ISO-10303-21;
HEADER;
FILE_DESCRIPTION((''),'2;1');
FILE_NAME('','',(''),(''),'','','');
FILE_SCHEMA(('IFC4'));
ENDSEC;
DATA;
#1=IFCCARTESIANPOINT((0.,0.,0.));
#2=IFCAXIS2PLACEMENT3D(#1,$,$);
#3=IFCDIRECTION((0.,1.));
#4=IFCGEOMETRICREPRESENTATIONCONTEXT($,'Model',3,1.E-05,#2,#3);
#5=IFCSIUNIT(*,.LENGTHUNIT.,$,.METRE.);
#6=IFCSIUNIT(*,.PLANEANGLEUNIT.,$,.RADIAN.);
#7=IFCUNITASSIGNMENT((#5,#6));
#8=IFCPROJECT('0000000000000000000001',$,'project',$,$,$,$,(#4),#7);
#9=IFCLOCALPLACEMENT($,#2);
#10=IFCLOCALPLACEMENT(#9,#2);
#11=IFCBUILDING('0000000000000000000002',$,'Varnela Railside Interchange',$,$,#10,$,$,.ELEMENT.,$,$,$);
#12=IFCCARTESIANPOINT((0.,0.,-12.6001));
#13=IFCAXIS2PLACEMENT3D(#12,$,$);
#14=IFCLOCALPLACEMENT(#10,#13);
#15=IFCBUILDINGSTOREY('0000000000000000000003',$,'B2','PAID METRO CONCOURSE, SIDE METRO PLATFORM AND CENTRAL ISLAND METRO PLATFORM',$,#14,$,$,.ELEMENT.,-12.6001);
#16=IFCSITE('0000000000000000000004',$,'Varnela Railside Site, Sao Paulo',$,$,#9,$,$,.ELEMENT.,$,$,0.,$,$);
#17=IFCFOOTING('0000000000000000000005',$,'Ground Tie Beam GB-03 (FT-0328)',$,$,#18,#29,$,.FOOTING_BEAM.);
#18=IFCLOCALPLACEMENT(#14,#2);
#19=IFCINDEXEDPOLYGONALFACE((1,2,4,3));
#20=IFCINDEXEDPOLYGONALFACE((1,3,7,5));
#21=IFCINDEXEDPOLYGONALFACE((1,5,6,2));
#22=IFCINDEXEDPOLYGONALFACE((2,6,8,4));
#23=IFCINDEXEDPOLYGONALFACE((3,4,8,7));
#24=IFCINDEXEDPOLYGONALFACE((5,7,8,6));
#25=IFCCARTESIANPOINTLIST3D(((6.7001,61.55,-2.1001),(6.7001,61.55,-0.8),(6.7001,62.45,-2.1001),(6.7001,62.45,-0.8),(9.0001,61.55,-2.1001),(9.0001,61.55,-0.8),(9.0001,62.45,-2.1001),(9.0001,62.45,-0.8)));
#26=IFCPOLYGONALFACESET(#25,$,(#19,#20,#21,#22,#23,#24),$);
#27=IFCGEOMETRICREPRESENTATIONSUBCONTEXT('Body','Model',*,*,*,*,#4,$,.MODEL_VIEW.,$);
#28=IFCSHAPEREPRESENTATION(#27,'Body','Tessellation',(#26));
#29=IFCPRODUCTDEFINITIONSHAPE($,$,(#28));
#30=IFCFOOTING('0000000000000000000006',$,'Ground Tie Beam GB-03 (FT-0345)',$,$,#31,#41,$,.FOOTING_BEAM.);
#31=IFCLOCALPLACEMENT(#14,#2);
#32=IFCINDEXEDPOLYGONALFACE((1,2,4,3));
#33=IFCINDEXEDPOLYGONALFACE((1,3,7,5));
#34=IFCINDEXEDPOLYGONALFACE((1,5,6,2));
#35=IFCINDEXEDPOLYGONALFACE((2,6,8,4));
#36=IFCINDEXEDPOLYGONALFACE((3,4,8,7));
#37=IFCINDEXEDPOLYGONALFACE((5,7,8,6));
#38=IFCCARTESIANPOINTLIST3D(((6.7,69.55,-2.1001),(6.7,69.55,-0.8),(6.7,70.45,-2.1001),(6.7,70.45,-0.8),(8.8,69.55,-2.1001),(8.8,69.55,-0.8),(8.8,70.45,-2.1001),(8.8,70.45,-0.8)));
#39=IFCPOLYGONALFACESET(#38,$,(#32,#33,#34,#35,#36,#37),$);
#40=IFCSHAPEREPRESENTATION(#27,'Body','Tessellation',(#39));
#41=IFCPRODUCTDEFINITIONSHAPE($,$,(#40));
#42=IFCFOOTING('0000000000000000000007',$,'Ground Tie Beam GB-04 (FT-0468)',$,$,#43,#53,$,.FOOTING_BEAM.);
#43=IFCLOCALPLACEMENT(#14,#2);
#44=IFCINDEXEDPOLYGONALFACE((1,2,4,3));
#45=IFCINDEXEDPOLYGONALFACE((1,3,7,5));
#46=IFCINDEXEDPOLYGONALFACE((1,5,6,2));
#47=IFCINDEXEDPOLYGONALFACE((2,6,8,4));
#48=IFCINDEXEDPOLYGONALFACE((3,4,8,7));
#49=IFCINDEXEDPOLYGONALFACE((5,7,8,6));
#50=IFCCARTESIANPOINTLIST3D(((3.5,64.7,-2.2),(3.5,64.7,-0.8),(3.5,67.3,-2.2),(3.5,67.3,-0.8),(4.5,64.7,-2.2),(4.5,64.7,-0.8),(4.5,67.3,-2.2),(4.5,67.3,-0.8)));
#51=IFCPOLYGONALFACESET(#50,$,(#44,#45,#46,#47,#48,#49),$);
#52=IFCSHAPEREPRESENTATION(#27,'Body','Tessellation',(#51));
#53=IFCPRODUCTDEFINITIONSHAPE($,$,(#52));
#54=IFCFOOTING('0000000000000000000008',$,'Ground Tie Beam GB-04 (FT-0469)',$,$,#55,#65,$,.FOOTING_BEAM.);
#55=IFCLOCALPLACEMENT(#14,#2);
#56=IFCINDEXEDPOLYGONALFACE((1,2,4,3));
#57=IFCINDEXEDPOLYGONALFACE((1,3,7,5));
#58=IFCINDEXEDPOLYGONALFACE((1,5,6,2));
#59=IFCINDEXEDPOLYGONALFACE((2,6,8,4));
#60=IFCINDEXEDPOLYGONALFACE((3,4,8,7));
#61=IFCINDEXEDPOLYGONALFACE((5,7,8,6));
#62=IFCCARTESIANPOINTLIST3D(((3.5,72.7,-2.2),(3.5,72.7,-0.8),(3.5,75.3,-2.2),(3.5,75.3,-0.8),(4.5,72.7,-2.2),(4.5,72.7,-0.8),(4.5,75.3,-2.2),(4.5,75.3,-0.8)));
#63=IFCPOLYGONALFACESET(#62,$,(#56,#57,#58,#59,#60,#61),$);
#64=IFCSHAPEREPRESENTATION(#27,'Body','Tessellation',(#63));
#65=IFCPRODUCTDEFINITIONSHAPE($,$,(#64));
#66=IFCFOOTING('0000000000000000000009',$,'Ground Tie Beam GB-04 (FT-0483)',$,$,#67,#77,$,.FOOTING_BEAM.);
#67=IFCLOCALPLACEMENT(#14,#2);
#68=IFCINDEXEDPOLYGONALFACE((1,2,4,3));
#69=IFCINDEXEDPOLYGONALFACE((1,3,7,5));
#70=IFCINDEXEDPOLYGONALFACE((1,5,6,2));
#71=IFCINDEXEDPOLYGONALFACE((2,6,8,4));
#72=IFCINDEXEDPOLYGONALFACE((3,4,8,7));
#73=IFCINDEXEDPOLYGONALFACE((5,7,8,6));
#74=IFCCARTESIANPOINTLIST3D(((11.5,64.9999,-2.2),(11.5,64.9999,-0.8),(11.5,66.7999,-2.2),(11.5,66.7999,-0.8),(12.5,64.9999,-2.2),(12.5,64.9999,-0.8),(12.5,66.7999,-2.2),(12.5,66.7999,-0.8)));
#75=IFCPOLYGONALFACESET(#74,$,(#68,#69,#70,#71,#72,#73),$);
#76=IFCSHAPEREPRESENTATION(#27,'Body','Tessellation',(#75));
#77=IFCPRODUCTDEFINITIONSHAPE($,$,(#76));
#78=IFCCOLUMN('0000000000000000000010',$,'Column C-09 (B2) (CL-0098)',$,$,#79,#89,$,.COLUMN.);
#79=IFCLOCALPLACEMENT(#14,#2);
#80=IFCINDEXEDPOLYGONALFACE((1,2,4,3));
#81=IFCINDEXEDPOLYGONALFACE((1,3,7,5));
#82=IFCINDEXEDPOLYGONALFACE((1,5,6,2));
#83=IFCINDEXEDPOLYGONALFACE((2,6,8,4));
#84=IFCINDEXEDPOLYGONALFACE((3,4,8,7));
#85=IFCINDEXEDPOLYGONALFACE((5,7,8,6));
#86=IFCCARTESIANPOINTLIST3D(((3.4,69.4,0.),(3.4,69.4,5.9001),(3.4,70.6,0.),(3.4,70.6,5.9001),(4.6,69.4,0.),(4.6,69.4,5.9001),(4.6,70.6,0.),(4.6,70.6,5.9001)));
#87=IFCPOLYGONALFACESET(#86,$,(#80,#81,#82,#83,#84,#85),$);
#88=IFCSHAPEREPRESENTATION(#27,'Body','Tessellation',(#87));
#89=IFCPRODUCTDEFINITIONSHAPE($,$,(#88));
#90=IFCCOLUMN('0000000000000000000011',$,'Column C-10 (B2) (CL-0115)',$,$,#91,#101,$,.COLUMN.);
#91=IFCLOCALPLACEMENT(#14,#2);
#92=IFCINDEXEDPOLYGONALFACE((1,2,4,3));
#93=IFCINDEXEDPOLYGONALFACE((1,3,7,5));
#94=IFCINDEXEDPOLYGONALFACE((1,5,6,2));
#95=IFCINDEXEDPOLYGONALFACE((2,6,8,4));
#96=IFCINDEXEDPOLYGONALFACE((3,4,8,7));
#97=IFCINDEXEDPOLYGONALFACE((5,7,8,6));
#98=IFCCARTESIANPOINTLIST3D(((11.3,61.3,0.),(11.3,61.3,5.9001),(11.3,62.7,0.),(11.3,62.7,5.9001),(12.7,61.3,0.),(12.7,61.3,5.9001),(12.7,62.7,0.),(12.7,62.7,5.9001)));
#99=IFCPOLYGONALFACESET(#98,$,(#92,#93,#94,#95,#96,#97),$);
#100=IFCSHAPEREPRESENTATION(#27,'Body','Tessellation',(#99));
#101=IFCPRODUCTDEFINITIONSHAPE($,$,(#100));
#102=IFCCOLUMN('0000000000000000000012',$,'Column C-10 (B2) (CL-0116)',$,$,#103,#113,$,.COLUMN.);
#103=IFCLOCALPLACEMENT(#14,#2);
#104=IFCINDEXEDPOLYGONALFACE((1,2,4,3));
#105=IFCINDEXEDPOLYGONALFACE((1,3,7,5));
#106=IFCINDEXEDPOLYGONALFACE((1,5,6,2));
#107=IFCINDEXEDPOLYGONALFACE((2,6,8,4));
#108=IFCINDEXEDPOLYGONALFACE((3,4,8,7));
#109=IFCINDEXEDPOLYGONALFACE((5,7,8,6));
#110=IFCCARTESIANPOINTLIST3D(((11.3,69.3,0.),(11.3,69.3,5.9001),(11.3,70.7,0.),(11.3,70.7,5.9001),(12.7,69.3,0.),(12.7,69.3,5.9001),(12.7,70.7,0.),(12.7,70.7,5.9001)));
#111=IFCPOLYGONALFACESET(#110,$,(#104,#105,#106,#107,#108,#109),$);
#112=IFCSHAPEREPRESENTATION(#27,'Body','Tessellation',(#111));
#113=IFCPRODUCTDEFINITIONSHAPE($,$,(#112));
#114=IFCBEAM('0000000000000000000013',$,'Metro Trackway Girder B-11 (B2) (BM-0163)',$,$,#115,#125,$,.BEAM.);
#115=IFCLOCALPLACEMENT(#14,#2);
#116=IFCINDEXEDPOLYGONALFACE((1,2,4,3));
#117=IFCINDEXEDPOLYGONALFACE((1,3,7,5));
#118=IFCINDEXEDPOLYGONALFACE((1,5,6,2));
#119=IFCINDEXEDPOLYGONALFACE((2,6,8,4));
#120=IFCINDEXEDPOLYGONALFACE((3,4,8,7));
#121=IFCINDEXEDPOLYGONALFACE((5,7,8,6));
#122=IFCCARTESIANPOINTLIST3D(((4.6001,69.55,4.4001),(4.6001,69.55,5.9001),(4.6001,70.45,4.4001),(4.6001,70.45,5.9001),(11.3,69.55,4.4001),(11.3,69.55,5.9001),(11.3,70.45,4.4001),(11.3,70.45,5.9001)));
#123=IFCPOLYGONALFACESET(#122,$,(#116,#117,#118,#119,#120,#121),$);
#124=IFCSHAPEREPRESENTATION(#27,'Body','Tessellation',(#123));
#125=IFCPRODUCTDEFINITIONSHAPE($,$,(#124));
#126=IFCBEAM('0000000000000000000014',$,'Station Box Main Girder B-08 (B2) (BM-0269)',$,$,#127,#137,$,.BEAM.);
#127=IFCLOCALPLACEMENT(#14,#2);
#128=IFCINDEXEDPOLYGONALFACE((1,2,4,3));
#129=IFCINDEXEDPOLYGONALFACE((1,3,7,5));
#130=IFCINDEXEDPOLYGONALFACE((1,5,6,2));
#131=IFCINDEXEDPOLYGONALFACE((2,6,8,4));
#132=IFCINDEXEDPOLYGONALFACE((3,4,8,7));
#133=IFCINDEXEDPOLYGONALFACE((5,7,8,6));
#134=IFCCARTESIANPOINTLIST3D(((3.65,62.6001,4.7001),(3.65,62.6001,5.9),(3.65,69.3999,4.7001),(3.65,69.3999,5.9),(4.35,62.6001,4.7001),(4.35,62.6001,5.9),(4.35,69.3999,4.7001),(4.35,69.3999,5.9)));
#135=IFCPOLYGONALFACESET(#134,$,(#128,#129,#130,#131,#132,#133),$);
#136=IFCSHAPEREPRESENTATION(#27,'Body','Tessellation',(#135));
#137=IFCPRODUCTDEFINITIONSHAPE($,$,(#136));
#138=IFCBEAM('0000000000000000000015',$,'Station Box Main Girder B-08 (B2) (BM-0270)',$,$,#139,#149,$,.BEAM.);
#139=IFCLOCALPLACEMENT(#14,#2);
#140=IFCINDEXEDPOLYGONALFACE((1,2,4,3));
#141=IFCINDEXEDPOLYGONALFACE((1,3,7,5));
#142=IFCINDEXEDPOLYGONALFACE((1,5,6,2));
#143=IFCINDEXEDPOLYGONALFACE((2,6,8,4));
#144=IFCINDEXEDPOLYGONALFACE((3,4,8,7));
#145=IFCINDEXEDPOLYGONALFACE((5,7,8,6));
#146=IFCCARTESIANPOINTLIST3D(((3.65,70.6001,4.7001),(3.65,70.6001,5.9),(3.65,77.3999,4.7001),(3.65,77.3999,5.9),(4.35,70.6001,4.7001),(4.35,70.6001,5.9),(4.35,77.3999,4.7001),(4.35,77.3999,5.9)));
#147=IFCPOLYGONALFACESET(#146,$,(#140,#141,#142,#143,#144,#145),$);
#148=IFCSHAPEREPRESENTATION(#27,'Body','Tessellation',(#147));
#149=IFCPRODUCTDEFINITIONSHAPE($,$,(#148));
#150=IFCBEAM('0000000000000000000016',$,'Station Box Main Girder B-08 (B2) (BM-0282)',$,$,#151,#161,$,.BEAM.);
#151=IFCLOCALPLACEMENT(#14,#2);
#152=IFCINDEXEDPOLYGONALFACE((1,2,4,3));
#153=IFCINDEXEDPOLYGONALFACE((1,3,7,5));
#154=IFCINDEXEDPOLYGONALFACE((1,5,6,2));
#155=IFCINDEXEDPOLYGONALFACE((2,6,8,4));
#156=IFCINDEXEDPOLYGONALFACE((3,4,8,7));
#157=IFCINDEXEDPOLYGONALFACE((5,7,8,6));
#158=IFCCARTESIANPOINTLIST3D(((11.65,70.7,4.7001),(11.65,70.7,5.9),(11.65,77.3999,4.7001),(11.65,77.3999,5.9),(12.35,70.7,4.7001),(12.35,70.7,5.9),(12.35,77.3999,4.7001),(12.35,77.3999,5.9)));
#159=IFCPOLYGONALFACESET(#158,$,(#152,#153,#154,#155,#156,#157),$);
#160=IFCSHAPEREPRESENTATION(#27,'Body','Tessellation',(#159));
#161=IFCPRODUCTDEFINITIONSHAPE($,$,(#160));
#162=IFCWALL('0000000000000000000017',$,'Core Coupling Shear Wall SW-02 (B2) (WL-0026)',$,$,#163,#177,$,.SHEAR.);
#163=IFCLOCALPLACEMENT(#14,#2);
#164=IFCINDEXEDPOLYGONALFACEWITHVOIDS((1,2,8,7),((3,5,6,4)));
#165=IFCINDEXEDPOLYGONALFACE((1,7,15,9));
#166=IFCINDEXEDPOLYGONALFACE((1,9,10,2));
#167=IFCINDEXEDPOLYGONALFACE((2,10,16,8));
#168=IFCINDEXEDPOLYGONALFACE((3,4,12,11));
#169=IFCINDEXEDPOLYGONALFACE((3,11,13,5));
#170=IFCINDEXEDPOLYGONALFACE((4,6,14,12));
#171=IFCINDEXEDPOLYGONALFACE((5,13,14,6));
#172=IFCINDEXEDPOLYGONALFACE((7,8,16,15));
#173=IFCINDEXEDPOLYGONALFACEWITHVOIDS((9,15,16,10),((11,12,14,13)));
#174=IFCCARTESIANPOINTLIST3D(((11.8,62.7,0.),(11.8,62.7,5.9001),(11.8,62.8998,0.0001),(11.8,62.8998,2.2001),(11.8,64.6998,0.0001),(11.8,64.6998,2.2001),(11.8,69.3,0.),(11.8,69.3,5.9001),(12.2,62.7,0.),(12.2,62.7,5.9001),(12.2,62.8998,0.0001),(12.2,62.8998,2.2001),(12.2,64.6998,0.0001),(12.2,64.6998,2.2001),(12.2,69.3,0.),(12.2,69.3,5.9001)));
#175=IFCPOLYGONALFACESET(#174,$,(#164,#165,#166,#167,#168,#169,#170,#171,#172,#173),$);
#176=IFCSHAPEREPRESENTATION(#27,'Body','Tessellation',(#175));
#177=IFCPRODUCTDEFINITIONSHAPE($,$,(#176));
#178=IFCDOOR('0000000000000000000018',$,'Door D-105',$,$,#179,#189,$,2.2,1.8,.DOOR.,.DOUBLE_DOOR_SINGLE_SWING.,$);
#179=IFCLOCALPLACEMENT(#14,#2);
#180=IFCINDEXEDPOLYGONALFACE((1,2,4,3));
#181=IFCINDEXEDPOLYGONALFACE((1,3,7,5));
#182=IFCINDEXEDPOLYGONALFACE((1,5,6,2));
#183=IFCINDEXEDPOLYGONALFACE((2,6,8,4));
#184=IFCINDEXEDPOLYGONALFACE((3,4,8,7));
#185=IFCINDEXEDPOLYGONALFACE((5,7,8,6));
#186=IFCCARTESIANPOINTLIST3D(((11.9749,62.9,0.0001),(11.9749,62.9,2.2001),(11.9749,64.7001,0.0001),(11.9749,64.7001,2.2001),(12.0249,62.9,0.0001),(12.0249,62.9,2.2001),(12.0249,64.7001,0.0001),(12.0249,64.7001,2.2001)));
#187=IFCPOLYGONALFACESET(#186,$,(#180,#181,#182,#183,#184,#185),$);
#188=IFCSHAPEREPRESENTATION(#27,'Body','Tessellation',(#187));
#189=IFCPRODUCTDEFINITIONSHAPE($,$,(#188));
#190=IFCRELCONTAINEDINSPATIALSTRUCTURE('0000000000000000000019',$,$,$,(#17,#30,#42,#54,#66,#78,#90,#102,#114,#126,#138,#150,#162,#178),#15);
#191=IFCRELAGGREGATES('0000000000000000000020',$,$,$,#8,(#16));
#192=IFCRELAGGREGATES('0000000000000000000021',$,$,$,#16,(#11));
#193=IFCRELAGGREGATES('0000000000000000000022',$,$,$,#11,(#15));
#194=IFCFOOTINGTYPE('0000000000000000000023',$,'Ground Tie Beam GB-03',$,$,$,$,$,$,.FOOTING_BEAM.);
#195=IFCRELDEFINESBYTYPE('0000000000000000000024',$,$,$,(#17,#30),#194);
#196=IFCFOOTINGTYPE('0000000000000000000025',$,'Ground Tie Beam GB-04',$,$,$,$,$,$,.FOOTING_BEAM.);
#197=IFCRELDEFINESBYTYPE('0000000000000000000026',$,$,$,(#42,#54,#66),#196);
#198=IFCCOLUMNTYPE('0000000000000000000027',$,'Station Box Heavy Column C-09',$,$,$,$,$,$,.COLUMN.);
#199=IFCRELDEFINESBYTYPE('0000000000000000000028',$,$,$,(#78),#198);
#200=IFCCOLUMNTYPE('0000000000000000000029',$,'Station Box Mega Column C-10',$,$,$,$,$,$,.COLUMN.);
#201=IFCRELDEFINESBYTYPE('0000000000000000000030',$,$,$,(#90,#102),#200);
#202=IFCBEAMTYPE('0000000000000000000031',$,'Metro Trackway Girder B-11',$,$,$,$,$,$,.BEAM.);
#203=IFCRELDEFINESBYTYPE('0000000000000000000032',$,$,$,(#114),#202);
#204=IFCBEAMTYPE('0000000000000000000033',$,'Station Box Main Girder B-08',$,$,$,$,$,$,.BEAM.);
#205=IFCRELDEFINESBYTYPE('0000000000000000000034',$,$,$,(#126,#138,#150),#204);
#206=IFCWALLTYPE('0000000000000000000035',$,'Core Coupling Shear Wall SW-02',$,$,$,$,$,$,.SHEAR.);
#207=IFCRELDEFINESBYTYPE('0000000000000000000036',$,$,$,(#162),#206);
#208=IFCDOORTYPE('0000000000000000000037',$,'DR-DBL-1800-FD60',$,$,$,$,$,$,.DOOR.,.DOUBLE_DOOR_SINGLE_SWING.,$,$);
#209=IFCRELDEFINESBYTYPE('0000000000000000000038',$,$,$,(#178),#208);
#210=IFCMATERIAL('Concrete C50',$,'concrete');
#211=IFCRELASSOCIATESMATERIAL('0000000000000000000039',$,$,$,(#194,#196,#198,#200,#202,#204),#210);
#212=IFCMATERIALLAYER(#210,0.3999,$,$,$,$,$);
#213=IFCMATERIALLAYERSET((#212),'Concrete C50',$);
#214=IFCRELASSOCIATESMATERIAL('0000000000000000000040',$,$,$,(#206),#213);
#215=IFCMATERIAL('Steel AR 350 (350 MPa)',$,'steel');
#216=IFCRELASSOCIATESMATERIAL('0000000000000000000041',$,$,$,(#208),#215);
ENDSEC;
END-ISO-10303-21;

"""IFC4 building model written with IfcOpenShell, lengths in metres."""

from ifc_helpers import new_model, si_unit, direction, frame, frame_2d, origin, origin_2d, place, context, subcontext, project, spatial, rectangle, extrude, material, layer, layer_set, material_profile, profile_set, type_object, element, fill, save


model = new_model("IFC4")

# Units and contexts
model_context = context("Model", 3, precision=1e-05, world=origin(), true_north=direction((0.0, 1.0)))
body_context = subcontext(model_context, "Body", "Model", "MODEL_VIEW")
ifc_project = project(units=[si_unit("LENGTHUNIT", "METRE"), si_unit("PLANEANGLEUNIT", "RADIAN")], contexts=[model_context])

# Site, building, storey
site_placement = place(None, origin())
site = spatial("IfcSite", under=ifc_project, at=site_placement, Name="Varnela Railside Site, Sao Paulo", CompositionType="ELEMENT", RefElevation=0.0)
building_placement = place(site_placement, origin())
building = spatial("IfcBuilding", under=site, at=building_placement, Name="Varnela Railside Interchange", CompositionType="ELEMENT")
storey_placement = place(building_placement, frame((0.0, 0.0, -12.6001)))
storey = spatial("IfcBuildingStorey", under=building, at=storey_placement, Name="B2", Description="PAID METRO CONCOURSE, SIDE METRO PLATFORM AND CENTRAL ISLAND METRO PLATFORM", CompositionType="ELEMENT", Elevation=-12.6001)

# Footings
ifc_material_1 = material(Name="Concrete C50", Category="concrete")
footing_type_1 = type_object("IfcFootingType", Name="Ground Tie Beam GB-03", PredefinedType="FOOTING_BEAM", material=ifc_material_1)
footing_1_placement = place(storey_placement, frame((7.8501, 62.0, -2.1001), z_axis=(0.0, 0.0, 1.0), x_axis=(1.0, 0.0, 0.0)))
element("IfcFooting", 1, at=footing_1_placement, inside=storey, type_object=footing_type_1, Name="Ground Tie Beam GB-03 (FT-0328)", PredefinedType="FOOTING_BEAM", context=body_context, shape_type="SweptSolid", body=[
    extrude(rectangle(XDim=2.3, YDim=0.8999, at=origin_2d()), origin(), (0.0, 0.0, 1.0), 1.3),
])
footing_2_placement = place(storey_placement, frame((7.75, 70.0, -2.1001), z_axis=(0.0, 0.0, 1.0), x_axis=(1.0, 0.0, 0.0)))
element("IfcFooting", 2, at=footing_2_placement, inside=storey, type_object=footing_type_1, Name="Ground Tie Beam GB-03 (FT-0345)", PredefinedType="FOOTING_BEAM", context=body_context, shape_type="SweptSolid", body=[
    extrude(rectangle(XDim=2.1001, YDim=0.8999, at=origin_2d()), origin(), (0.0, 0.0, 1.0), 1.3),
])
footing_type_2 = type_object("IfcFootingType", Name="Ground Tie Beam GB-04", PredefinedType="FOOTING_BEAM", material=ifc_material_1)
for number, where, z_axis, x_axis, name in (
    (3, (4.0, 66.0, -2.2), (0.0, 0.0, 1.0), (1.0, 0.0, 0.0), "Ground Tie Beam GB-04 (FT-0468)"),
    (4, (4.0, 74.0, -2.2), (0.0, 0.0, 1.0), (1.0, 0.0, 0.0), "Ground Tie Beam GB-04 (FT-0469)"),
):
    element("IfcFooting", number, at=place(storey_placement, frame(where, z_axis=z_axis, x_axis=x_axis)), inside=storey, type_object=footing_type_2, Name=name, PredefinedType="FOOTING_BEAM", context=body_context, shape_type="SweptSolid", body=[
        extrude(rectangle(XDim=1.0, YDim=2.6001, at=origin_2d()), origin(), (0.0, 0.0, 1.0), 1.3999),
    ])
footing_3_placement = place(storey_placement, frame((12.0, 65.8999, -2.2), z_axis=(0.0, 0.0, 1.0), x_axis=(1.0, 0.0, 0.0)))
element("IfcFooting", 5, at=footing_3_placement, inside=storey, type_object=footing_type_2, Name="Ground Tie Beam GB-04 (FT-0483)", PredefinedType="FOOTING_BEAM", context=body_context, shape_type="SweptSolid", body=[
    extrude(rectangle(XDim=1.0, YDim=1.8, at=origin_2d()), origin(), (0.0, 0.0, 1.0), 1.3999),
])

# Columns
ifc_material_profile_1 = material_profile(ifc_material_1, rectangle(XDim=1.2, YDim=1.2, at=origin_2d()), Name="RC 1200x1200")
ifc_profile_set_1 = profile_set([ifc_material_profile_1], Name="Concrete C50")
column_type_1 = type_object("IfcColumnType", Name="Station Box Heavy Column C-09", PredefinedType="COLUMN", material=ifc_profile_set_1)
column_placement = place(storey_placement, frame((4.0, 70.0, 0.0), z_axis=(0.0, 0.0, 1.0), x_axis=(1.0, 0.0, 0.0)))
element("IfcColumn", 6, at=column_placement, inside=storey, type_object=column_type_1, Name="Column C-09 (B2) (CL-0098)", PredefinedType="COLUMN", context=body_context, shape_type="SweptSolid", body=[
    extrude(rectangle(XDim=1.2, YDim=1.2, at=origin_2d()), origin(), (0.0, 0.0, 1.0), 5.9001),
])
ifc_material_profile_2 = material_profile(ifc_material_1, rectangle(XDim=1.3999, YDim=1.3999, at=origin_2d()), Name="RC 1400x1400")
ifc_profile_set_2 = profile_set([ifc_material_profile_2], Name="Concrete C50")
column_type_2 = type_object("IfcColumnType", Name="Station Box Mega Column C-10", PredefinedType="COLUMN", material=ifc_profile_set_2)
for number, where, z_axis, x_axis, name in (
    (7, (12.0, 62.0, 0.0), (0.0, 0.0, 1.0), (1.0, 0.0, 0.0), "Column C-10 (B2) (CL-0115)"),
    (8, (12.0, 70.0, 0.0), (0.0, 0.0, 1.0), (1.0, 0.0, 0.0), "Column C-10 (B2) (CL-0116)"),
):
    element("IfcColumn", number, at=place(storey_placement, frame(where, z_axis=z_axis, x_axis=x_axis)), inside=storey, type_object=column_type_2, Name=name, PredefinedType="COLUMN", context=body_context, shape_type="SweptSolid", body=[
        extrude(rectangle(XDim=1.3999, YDim=1.3999, at=origin_2d()), origin(), (0.0, 0.0, 1.0), 5.9001),
    ])

# Beams
ifc_material_profile_3 = material_profile(ifc_material_1, rectangle(XDim=0.8999, YDim=1.5, at=origin_2d()), Name="RC 900x1500")
ifc_profile_set_3 = profile_set([ifc_material_profile_3], Name="Concrete C50")
beam_type_1 = type_object("IfcBeamType", Name="Metro Trackway Girder B-11", PredefinedType="BEAM", material=ifc_profile_set_3)
beam_1_placement = place(storey_placement, frame((4.6001, 70.0, 5.1501), z_axis=(1.0, 0.0, 0.0), x_axis=(0.0, 1.0, 0.0)))
element("IfcBeam", 9, at=beam_1_placement, inside=storey, type_object=beam_type_1, Name="Metro Trackway Girder B-11 (B2) (BM-0163)", PredefinedType="BEAM", context=body_context, shape_type="SweptSolid", body=[
    extrude(rectangle(XDim=0.8999, YDim=1.5, at=origin_2d()), origin(), (0.0, 0.0, 1.0), 6.7),
])
ifc_material_profile_4 = material_profile(ifc_material_1, rectangle(XDim=0.7, YDim=1.2, at=origin_2d()), Name="RC 700x1200")
ifc_profile_set_4 = profile_set([ifc_material_profile_4], Name="Concrete C50")
beam_type_2 = type_object("IfcBeamType", Name="Station Box Main Girder B-08", PredefinedType="BEAM", material=ifc_profile_set_4)
for number, where, z_axis, x_axis, name in (
    (10, (4.0, 62.6001, 5.3), (0.0, 1.0, 0.0), (-1.0, 0.0, 0.0), "Station Box Main Girder B-08 (B2) (BM-0269)"),
    (11, (4.0, 70.6001, 5.3), (0.0, 1.0, 0.0), (-1.0, 0.0, 0.0), "Station Box Main Girder B-08 (B2) (BM-0270)"),
):
    element("IfcBeam", number, at=place(storey_placement, frame(where, z_axis=z_axis, x_axis=x_axis)), inside=storey, type_object=beam_type_2, Name=name, PredefinedType="BEAM", context=body_context, shape_type="SweptSolid", body=[
        extrude(rectangle(XDim=0.7, YDim=1.2, at=origin_2d()), origin(), (0.0, 0.0, 1.0), 6.7998),
    ])
beam_2_placement = place(storey_placement, frame((12.0, 70.7, 5.3), z_axis=(0.0, 1.0, 0.0), x_axis=(-1.0, 0.0, 0.0)))
element("IfcBeam", 12, at=beam_2_placement, inside=storey, type_object=beam_type_2, Name="Station Box Main Girder B-08 (B2) (BM-0282)", PredefinedType="BEAM", context=body_context, shape_type="SweptSolid", body=[
    extrude(rectangle(XDim=0.7, YDim=1.2, at=origin_2d()), origin(), (0.0, 0.0, 1.0), 6.7),
])

# Wall, opening, door
ifc_layer_1 = layer(ifc_material_1, 0.3999)
ifc_layer_set_1 = layer_set([ifc_layer_1], Name="Concrete C50")
wall_type_1 = type_object("IfcWallType", Name="Core Coupling Shear Wall SW-02", PredefinedType="SHEAR", material=ifc_layer_set_1)
wall_1_placement = place(storey_placement, frame((12.0, 62.7, 0.0), z_axis=(0.0, 0.0, 1.0), x_axis=(0.0, 1.0, 0.0)))
wall_1 = element("IfcWall", 13, at=wall_1_placement, inside=storey, type_object=wall_type_1, Name="Core Coupling Shear Wall SW-02 (B2) (WL-0026)", PredefinedType="SHEAR", context=body_context, shape_type="SweptSolid", body=[
    extrude(rectangle(XDim=6.6001, YDim=0.3999, at=frame_2d((3.3, 0.0))), origin(), (0.0, 0.0, 1.0), 5.9001),
])
opening_1_placement = place(wall_1_placement, frame((0.2, 0.0, 0.0)))
opening_1 = element("IfcOpeningElement", 14, at=opening_1_placement, cuts=wall_1, PredefinedType="OPENING", context=body_context, shape_type="SweptSolid", body=[
    extrude(rectangle(XDim=1.8, YDim=2.2, at=frame_2d((0.8999, 1.1001))), frame((0.0, 0.21, 0.0), z_axis=(0.0, -1.0, 0.0), x_axis=(1.0, 0.0, 0.0)), (0.0, 0.0, 1.0), 0.4199),
])
ifc_material_2 = material(Name="Steel AR 350 (350 MPa)", Category="steel")
door_type_1 = type_object("IfcDoorType", Name="DR-DBL-1800-FD60", OperationType="DOUBLE_DOOR_SINGLE_SWING", PredefinedType="DOOR", material=ifc_material_2)
door_1_placement = place(opening_1_placement, frame((1.8, 0.0, 0.0), z_axis=(0.0, 0.0, 1.0), x_axis=(-1.0, 0.0, 0.0)))
door_1 = element("IfcDoor", 15, at=door_1_placement, inside=storey, type_object=door_type_1, Name="Door D-105", OperationType="DOUBLE_DOOR_SINGLE_SWING", OverallHeight=2.2, OverallWidth=1.8, PredefinedType="DOOR", context=body_context, shape_type="SweptSolid", body=[
    extrude(rectangle(XDim=1.8, YDim=2.2, at=frame_2d((0.8999, 1.1001))), frame((0.0, 0.0249, 0.0), z_axis=(0.0, -1.0, 0.0), x_axis=(1.0, 0.0, 0.0)), (0.0, 0.0, 1.0), 0.05),
])
fill(opening_1, door_1)

save(model, "model.ifc")
